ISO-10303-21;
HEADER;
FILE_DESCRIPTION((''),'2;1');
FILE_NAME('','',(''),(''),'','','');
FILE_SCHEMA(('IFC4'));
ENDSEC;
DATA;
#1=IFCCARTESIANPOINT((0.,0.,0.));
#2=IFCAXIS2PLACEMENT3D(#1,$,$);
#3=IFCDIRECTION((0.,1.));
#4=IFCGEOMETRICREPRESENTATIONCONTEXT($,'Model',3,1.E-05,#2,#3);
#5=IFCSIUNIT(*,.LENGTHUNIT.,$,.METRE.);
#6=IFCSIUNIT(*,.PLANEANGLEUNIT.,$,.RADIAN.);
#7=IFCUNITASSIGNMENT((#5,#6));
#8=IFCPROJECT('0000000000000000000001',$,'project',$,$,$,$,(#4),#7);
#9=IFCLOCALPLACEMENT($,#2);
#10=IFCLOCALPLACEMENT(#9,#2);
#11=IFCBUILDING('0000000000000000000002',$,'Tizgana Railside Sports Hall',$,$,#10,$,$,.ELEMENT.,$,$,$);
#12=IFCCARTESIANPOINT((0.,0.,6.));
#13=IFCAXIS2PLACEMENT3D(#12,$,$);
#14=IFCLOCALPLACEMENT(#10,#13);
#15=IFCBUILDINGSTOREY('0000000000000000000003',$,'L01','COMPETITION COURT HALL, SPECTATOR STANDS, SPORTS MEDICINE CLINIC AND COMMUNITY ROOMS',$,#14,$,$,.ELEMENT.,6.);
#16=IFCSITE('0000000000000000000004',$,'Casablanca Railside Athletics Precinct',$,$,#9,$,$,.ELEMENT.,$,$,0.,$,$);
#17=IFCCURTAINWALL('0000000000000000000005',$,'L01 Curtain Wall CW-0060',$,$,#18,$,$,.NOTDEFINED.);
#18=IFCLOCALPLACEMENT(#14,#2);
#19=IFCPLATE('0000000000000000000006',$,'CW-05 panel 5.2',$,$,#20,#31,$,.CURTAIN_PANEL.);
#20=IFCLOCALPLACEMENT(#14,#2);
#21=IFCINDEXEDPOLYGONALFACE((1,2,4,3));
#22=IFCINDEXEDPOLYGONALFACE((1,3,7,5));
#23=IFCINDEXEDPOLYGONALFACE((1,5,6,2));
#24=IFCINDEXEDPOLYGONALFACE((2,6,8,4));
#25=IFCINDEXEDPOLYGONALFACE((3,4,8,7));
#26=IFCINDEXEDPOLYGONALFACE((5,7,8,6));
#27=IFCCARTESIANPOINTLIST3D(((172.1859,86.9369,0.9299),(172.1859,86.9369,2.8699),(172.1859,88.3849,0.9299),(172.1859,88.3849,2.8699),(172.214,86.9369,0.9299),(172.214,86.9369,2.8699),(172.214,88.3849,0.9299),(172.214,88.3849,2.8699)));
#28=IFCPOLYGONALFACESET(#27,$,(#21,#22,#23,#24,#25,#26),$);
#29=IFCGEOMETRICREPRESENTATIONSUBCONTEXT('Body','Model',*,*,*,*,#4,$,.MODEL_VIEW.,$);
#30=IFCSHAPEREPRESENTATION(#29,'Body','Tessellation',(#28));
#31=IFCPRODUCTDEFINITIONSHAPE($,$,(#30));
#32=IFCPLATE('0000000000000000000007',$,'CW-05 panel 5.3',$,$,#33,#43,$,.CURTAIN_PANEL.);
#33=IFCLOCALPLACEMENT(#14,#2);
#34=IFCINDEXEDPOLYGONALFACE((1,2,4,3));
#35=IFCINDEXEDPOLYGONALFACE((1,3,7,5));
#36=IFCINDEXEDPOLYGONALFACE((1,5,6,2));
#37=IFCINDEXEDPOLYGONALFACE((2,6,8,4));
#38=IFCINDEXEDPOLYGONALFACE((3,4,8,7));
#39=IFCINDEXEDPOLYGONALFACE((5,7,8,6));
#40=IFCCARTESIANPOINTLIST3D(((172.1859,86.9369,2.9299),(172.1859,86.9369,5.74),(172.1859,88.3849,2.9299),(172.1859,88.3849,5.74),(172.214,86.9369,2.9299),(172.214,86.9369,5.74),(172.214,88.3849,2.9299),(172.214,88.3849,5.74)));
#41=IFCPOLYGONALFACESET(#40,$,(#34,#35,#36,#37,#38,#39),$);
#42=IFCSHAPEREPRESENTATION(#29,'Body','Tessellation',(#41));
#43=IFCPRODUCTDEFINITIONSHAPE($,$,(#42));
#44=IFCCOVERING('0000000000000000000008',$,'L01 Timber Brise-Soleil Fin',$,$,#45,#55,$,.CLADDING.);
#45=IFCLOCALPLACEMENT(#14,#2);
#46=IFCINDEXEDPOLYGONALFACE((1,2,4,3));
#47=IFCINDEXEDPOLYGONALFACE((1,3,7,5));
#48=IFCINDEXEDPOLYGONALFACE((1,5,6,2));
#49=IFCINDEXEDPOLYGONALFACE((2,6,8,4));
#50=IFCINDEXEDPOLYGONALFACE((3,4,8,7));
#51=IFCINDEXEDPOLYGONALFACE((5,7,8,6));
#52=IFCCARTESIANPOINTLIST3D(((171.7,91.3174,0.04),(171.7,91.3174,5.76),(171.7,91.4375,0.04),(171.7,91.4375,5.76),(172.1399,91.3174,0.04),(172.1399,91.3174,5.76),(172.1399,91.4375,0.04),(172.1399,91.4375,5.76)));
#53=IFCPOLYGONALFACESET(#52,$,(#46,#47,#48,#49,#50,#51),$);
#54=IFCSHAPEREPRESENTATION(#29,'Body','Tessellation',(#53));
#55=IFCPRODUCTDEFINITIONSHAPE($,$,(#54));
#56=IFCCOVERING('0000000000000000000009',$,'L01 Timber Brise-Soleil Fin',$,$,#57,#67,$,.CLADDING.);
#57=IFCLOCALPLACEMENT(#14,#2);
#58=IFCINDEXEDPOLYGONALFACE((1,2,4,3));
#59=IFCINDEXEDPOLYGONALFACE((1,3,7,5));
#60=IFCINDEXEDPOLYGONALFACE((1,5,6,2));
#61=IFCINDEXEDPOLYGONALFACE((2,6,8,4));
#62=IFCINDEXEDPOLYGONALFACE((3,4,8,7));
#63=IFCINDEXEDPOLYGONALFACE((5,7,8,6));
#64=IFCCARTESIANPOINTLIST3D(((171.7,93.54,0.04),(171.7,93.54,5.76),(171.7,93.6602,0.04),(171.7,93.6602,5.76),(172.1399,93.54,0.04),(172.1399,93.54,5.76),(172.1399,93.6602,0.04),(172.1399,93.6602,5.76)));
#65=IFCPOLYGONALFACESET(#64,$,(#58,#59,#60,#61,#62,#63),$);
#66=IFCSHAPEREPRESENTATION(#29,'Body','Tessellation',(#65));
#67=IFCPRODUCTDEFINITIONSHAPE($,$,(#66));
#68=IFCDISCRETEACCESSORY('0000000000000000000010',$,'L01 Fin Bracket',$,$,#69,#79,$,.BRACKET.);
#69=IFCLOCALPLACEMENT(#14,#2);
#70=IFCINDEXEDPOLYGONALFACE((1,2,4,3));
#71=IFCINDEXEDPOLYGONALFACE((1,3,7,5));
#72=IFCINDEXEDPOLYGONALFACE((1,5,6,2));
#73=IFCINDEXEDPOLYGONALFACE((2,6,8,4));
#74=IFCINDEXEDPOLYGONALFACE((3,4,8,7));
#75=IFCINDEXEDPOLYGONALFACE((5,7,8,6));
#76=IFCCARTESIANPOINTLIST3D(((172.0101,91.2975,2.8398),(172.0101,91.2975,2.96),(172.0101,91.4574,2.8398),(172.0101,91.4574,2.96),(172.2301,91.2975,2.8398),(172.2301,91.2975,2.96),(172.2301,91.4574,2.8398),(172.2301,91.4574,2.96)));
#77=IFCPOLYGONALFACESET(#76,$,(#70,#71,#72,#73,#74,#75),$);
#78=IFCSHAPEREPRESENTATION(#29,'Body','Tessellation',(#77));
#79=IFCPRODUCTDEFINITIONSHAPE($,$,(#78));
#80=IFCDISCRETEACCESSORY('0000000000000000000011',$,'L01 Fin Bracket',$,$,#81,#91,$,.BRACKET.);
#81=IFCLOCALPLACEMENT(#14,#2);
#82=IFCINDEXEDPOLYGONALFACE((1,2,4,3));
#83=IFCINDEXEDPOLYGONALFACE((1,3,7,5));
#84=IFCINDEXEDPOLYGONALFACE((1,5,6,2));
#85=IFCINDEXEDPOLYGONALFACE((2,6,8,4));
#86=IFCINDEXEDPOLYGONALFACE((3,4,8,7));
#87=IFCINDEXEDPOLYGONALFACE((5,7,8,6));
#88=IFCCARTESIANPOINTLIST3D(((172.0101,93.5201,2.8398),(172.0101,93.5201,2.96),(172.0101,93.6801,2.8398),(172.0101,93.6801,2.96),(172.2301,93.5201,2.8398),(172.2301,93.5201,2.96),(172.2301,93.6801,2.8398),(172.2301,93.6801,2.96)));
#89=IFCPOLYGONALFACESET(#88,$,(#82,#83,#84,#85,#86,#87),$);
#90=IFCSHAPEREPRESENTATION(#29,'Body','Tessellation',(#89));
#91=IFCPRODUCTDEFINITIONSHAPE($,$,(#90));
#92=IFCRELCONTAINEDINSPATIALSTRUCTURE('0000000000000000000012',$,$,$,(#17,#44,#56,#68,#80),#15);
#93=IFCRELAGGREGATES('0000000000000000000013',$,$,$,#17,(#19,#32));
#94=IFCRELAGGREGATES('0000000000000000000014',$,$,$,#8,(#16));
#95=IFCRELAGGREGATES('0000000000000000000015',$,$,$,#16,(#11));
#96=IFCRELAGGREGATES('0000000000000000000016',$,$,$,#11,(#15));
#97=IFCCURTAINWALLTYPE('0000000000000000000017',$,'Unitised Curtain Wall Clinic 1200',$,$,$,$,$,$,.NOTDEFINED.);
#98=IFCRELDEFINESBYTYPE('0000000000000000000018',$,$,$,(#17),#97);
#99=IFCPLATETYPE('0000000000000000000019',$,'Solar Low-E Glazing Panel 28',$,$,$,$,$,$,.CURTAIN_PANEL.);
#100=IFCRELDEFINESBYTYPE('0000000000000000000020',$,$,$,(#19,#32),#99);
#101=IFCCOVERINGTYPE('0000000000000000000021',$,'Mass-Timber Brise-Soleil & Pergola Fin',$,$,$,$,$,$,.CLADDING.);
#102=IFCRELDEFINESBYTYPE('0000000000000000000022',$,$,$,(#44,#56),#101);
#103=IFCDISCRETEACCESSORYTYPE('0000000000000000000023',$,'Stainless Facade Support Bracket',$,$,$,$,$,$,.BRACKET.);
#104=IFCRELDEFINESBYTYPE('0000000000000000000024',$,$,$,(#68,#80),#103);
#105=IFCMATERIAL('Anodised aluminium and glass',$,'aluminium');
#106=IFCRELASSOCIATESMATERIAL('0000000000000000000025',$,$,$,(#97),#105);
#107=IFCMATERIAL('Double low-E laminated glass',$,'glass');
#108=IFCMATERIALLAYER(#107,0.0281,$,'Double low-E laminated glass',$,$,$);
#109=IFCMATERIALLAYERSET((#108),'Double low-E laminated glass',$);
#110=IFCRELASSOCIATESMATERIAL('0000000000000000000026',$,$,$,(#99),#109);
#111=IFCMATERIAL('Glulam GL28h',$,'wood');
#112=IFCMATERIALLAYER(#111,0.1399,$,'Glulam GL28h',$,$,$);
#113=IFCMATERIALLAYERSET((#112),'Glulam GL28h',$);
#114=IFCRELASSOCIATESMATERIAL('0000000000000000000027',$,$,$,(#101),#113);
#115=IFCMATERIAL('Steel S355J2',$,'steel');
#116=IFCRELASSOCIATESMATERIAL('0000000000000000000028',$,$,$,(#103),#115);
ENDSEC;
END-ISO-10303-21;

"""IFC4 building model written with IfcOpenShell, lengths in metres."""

from ifc_helpers import new_model, si_unit, direction, frame, origin, origin_2d, place, context, subcontext, project, spatial, rectangle, extrude, material, layer, layer_set, type_object, element, aggregate, save


model = new_model("IFC4")

# Units and contexts
model_context = context("Model", 3, precision=1e-05, world=origin(), true_north=direction((0.0, 1.0)))
body_context = subcontext(model_context, "Body", "Model", "MODEL_VIEW")
ifc_project = project(units=[si_unit("LENGTHUNIT", "METRE"), si_unit("PLANEANGLEUNIT", "RADIAN")], contexts=[model_context])

# Site, building, storey
site_placement = place(None, origin())
site = spatial("IfcSite", under=ifc_project, at=site_placement, Name="Casablanca Railside Athletics Precinct", CompositionType="ELEMENT", RefElevation=0.0)
building_placement = place(site_placement, origin())
building = spatial("IfcBuilding", under=site, at=building_placement, Name="Tizgana Railside Sports Hall", CompositionType="ELEMENT")
storey_placement = place(building_placement, frame((0.0, 0.0, 6.0)))
storey = spatial("IfcBuildingStorey", under=building, at=storey_placement, Name="L01", Description="COMPETITION COURT HALL, SPECTATOR STANDS, SPORTS MEDICINE CLINIC AND COMMUNITY ROOMS", CompositionType="ELEMENT", Elevation=6.0)

# Curtain wall
ifc_material_1 = material(Name="Anodised aluminium and glass", Category="aluminium")
curtain_wall_type_1 = type_object("IfcCurtainWallType", Name="Unitised Curtain Wall Clinic 1200", PredefinedType="NOTDEFINED", material=ifc_material_1)
curtain_wall_1_placement = place(storey_placement, origin())
curtain_wall_1 = element("IfcCurtainWall", 1, at=curtain_wall_1_placement, inside=storey, type_object=curtain_wall_type_1, Name="L01 Curtain Wall CW-0060", PredefinedType="NOTDEFINED")

# Plates
ifc_material_2 = material(Name="Double low-E laminated glass", Category="glass")
ifc_layer_1 = layer(ifc_material_2, 0.0281, Name="Double low-E laminated glass")
ifc_layer_set_1 = layer_set([ifc_layer_1], Name="Double low-E laminated glass")
plate_type_1 = type_object("IfcPlateType", Name="Solar Low-E Glazing Panel 28", PredefinedType="CURTAIN_PANEL", material=ifc_layer_set_1)
plate_1_placement = place(storey_placement, frame((172.2, 87.6609, 0.9299), z_axis=(0.0, 0.0, 1.0), x_axis=(0.0, 1.0, 0.0)))
plate_1 = element("IfcPlate", 2, at=plate_1_placement, type_object=plate_type_1, Name="CW-05 panel 5.2", PredefinedType="CURTAIN_PANEL", context=body_context, shape_type="SweptSolid", body=[
    extrude(rectangle(XDim=1.448, YDim=0.0281, at=origin_2d()), origin(), (0.0, 0.0, 1.0), 1.9399),
])
plate_2_placement = place(storey_placement, frame((172.2, 87.6609, 2.9299), z_axis=(0.0, 0.0, 1.0), x_axis=(0.0, 1.0, 0.0)))
plate_2 = element("IfcPlate", 3, at=plate_2_placement, type_object=plate_type_1, Name="CW-05 panel 5.3", PredefinedType="CURTAIN_PANEL", context=body_context, shape_type="SweptSolid", body=[
    extrude(rectangle(XDim=1.448, YDim=0.0281, at=origin_2d()), origin(), (0.0, 0.0, 1.0), 2.8101),
])
aggregate(curtain_wall_1, [plate_1, plate_2])

# Coverings
ifc_material_3 = material(Name="Glulam GL28h", Category="wood")
ifc_layer_2 = layer(ifc_material_3, 0.1399, Name="Glulam GL28h")
ifc_layer_set_2 = layer_set([ifc_layer_2], Name="Glulam GL28h")
covering_type = type_object("IfcCoveringType", Name="Mass-Timber Brise-Soleil & Pergola Fin", PredefinedType="CLADDING", material=ifc_layer_set_2)
for number, where, z_axis, x_axis, name in (
    (4, (171.9199, 91.3774, 0.04), (0.0, 0.0, 1.0), (0.0, 1.0, 0.0), "L01 Timber Brise-Soleil Fin"),
    (5, (171.9199, 93.6001, 0.04), (0.0, 0.0, 1.0), (0.0, 1.0, 0.0), "L01 Timber Brise-Soleil Fin"),
):
    element("IfcCovering", number, at=place(storey_placement, frame(where, z_axis=z_axis, x_axis=x_axis)), inside=storey, type_object=covering_type, Name=name, PredefinedType="CLADDING", context=body_context, shape_type="SweptSolid", body=[
        extrude(rectangle(XDim=0.1201, YDim=0.4399, at=origin_2d()), origin(), (0.0, 0.0, 1.0), 5.72),
    ])

# Discrete accessories
ifc_material_4 = material(Name="Steel S355J2", Category="steel")
discrete_accessory_type = type_object("IfcDiscreteAccessoryType", Name="Stainless Facade Support Bracket", PredefinedType="BRACKET", material=ifc_material_4)
for number, where, z_axis, x_axis, name in (
    (6, (172.1201, 91.3774, 2.8398), (0.0, 0.0, 1.0), (0.0, 1.0, 0.0), "L01 Fin Bracket"),
    (7, (172.1201, 93.6001, 2.8398), (0.0, 0.0, 1.0), (0.0, 1.0, 0.0), "L01 Fin Bracket"),
):
    element("IfcDiscreteAccessory", number, at=place(storey_placement, frame(where, z_axis=z_axis, x_axis=x_axis)), inside=storey, type_object=discrete_accessory_type, Name=name, PredefinedType="BRACKET", context=body_context, shape_type="SweptSolid", body=[
        extrude(rectangle(XDim=0.1599, YDim=0.22, at=origin_2d()), origin(), (0.0, 0.0, 1.0), 0.1201),
    ])

save(model, "model.ifc")
